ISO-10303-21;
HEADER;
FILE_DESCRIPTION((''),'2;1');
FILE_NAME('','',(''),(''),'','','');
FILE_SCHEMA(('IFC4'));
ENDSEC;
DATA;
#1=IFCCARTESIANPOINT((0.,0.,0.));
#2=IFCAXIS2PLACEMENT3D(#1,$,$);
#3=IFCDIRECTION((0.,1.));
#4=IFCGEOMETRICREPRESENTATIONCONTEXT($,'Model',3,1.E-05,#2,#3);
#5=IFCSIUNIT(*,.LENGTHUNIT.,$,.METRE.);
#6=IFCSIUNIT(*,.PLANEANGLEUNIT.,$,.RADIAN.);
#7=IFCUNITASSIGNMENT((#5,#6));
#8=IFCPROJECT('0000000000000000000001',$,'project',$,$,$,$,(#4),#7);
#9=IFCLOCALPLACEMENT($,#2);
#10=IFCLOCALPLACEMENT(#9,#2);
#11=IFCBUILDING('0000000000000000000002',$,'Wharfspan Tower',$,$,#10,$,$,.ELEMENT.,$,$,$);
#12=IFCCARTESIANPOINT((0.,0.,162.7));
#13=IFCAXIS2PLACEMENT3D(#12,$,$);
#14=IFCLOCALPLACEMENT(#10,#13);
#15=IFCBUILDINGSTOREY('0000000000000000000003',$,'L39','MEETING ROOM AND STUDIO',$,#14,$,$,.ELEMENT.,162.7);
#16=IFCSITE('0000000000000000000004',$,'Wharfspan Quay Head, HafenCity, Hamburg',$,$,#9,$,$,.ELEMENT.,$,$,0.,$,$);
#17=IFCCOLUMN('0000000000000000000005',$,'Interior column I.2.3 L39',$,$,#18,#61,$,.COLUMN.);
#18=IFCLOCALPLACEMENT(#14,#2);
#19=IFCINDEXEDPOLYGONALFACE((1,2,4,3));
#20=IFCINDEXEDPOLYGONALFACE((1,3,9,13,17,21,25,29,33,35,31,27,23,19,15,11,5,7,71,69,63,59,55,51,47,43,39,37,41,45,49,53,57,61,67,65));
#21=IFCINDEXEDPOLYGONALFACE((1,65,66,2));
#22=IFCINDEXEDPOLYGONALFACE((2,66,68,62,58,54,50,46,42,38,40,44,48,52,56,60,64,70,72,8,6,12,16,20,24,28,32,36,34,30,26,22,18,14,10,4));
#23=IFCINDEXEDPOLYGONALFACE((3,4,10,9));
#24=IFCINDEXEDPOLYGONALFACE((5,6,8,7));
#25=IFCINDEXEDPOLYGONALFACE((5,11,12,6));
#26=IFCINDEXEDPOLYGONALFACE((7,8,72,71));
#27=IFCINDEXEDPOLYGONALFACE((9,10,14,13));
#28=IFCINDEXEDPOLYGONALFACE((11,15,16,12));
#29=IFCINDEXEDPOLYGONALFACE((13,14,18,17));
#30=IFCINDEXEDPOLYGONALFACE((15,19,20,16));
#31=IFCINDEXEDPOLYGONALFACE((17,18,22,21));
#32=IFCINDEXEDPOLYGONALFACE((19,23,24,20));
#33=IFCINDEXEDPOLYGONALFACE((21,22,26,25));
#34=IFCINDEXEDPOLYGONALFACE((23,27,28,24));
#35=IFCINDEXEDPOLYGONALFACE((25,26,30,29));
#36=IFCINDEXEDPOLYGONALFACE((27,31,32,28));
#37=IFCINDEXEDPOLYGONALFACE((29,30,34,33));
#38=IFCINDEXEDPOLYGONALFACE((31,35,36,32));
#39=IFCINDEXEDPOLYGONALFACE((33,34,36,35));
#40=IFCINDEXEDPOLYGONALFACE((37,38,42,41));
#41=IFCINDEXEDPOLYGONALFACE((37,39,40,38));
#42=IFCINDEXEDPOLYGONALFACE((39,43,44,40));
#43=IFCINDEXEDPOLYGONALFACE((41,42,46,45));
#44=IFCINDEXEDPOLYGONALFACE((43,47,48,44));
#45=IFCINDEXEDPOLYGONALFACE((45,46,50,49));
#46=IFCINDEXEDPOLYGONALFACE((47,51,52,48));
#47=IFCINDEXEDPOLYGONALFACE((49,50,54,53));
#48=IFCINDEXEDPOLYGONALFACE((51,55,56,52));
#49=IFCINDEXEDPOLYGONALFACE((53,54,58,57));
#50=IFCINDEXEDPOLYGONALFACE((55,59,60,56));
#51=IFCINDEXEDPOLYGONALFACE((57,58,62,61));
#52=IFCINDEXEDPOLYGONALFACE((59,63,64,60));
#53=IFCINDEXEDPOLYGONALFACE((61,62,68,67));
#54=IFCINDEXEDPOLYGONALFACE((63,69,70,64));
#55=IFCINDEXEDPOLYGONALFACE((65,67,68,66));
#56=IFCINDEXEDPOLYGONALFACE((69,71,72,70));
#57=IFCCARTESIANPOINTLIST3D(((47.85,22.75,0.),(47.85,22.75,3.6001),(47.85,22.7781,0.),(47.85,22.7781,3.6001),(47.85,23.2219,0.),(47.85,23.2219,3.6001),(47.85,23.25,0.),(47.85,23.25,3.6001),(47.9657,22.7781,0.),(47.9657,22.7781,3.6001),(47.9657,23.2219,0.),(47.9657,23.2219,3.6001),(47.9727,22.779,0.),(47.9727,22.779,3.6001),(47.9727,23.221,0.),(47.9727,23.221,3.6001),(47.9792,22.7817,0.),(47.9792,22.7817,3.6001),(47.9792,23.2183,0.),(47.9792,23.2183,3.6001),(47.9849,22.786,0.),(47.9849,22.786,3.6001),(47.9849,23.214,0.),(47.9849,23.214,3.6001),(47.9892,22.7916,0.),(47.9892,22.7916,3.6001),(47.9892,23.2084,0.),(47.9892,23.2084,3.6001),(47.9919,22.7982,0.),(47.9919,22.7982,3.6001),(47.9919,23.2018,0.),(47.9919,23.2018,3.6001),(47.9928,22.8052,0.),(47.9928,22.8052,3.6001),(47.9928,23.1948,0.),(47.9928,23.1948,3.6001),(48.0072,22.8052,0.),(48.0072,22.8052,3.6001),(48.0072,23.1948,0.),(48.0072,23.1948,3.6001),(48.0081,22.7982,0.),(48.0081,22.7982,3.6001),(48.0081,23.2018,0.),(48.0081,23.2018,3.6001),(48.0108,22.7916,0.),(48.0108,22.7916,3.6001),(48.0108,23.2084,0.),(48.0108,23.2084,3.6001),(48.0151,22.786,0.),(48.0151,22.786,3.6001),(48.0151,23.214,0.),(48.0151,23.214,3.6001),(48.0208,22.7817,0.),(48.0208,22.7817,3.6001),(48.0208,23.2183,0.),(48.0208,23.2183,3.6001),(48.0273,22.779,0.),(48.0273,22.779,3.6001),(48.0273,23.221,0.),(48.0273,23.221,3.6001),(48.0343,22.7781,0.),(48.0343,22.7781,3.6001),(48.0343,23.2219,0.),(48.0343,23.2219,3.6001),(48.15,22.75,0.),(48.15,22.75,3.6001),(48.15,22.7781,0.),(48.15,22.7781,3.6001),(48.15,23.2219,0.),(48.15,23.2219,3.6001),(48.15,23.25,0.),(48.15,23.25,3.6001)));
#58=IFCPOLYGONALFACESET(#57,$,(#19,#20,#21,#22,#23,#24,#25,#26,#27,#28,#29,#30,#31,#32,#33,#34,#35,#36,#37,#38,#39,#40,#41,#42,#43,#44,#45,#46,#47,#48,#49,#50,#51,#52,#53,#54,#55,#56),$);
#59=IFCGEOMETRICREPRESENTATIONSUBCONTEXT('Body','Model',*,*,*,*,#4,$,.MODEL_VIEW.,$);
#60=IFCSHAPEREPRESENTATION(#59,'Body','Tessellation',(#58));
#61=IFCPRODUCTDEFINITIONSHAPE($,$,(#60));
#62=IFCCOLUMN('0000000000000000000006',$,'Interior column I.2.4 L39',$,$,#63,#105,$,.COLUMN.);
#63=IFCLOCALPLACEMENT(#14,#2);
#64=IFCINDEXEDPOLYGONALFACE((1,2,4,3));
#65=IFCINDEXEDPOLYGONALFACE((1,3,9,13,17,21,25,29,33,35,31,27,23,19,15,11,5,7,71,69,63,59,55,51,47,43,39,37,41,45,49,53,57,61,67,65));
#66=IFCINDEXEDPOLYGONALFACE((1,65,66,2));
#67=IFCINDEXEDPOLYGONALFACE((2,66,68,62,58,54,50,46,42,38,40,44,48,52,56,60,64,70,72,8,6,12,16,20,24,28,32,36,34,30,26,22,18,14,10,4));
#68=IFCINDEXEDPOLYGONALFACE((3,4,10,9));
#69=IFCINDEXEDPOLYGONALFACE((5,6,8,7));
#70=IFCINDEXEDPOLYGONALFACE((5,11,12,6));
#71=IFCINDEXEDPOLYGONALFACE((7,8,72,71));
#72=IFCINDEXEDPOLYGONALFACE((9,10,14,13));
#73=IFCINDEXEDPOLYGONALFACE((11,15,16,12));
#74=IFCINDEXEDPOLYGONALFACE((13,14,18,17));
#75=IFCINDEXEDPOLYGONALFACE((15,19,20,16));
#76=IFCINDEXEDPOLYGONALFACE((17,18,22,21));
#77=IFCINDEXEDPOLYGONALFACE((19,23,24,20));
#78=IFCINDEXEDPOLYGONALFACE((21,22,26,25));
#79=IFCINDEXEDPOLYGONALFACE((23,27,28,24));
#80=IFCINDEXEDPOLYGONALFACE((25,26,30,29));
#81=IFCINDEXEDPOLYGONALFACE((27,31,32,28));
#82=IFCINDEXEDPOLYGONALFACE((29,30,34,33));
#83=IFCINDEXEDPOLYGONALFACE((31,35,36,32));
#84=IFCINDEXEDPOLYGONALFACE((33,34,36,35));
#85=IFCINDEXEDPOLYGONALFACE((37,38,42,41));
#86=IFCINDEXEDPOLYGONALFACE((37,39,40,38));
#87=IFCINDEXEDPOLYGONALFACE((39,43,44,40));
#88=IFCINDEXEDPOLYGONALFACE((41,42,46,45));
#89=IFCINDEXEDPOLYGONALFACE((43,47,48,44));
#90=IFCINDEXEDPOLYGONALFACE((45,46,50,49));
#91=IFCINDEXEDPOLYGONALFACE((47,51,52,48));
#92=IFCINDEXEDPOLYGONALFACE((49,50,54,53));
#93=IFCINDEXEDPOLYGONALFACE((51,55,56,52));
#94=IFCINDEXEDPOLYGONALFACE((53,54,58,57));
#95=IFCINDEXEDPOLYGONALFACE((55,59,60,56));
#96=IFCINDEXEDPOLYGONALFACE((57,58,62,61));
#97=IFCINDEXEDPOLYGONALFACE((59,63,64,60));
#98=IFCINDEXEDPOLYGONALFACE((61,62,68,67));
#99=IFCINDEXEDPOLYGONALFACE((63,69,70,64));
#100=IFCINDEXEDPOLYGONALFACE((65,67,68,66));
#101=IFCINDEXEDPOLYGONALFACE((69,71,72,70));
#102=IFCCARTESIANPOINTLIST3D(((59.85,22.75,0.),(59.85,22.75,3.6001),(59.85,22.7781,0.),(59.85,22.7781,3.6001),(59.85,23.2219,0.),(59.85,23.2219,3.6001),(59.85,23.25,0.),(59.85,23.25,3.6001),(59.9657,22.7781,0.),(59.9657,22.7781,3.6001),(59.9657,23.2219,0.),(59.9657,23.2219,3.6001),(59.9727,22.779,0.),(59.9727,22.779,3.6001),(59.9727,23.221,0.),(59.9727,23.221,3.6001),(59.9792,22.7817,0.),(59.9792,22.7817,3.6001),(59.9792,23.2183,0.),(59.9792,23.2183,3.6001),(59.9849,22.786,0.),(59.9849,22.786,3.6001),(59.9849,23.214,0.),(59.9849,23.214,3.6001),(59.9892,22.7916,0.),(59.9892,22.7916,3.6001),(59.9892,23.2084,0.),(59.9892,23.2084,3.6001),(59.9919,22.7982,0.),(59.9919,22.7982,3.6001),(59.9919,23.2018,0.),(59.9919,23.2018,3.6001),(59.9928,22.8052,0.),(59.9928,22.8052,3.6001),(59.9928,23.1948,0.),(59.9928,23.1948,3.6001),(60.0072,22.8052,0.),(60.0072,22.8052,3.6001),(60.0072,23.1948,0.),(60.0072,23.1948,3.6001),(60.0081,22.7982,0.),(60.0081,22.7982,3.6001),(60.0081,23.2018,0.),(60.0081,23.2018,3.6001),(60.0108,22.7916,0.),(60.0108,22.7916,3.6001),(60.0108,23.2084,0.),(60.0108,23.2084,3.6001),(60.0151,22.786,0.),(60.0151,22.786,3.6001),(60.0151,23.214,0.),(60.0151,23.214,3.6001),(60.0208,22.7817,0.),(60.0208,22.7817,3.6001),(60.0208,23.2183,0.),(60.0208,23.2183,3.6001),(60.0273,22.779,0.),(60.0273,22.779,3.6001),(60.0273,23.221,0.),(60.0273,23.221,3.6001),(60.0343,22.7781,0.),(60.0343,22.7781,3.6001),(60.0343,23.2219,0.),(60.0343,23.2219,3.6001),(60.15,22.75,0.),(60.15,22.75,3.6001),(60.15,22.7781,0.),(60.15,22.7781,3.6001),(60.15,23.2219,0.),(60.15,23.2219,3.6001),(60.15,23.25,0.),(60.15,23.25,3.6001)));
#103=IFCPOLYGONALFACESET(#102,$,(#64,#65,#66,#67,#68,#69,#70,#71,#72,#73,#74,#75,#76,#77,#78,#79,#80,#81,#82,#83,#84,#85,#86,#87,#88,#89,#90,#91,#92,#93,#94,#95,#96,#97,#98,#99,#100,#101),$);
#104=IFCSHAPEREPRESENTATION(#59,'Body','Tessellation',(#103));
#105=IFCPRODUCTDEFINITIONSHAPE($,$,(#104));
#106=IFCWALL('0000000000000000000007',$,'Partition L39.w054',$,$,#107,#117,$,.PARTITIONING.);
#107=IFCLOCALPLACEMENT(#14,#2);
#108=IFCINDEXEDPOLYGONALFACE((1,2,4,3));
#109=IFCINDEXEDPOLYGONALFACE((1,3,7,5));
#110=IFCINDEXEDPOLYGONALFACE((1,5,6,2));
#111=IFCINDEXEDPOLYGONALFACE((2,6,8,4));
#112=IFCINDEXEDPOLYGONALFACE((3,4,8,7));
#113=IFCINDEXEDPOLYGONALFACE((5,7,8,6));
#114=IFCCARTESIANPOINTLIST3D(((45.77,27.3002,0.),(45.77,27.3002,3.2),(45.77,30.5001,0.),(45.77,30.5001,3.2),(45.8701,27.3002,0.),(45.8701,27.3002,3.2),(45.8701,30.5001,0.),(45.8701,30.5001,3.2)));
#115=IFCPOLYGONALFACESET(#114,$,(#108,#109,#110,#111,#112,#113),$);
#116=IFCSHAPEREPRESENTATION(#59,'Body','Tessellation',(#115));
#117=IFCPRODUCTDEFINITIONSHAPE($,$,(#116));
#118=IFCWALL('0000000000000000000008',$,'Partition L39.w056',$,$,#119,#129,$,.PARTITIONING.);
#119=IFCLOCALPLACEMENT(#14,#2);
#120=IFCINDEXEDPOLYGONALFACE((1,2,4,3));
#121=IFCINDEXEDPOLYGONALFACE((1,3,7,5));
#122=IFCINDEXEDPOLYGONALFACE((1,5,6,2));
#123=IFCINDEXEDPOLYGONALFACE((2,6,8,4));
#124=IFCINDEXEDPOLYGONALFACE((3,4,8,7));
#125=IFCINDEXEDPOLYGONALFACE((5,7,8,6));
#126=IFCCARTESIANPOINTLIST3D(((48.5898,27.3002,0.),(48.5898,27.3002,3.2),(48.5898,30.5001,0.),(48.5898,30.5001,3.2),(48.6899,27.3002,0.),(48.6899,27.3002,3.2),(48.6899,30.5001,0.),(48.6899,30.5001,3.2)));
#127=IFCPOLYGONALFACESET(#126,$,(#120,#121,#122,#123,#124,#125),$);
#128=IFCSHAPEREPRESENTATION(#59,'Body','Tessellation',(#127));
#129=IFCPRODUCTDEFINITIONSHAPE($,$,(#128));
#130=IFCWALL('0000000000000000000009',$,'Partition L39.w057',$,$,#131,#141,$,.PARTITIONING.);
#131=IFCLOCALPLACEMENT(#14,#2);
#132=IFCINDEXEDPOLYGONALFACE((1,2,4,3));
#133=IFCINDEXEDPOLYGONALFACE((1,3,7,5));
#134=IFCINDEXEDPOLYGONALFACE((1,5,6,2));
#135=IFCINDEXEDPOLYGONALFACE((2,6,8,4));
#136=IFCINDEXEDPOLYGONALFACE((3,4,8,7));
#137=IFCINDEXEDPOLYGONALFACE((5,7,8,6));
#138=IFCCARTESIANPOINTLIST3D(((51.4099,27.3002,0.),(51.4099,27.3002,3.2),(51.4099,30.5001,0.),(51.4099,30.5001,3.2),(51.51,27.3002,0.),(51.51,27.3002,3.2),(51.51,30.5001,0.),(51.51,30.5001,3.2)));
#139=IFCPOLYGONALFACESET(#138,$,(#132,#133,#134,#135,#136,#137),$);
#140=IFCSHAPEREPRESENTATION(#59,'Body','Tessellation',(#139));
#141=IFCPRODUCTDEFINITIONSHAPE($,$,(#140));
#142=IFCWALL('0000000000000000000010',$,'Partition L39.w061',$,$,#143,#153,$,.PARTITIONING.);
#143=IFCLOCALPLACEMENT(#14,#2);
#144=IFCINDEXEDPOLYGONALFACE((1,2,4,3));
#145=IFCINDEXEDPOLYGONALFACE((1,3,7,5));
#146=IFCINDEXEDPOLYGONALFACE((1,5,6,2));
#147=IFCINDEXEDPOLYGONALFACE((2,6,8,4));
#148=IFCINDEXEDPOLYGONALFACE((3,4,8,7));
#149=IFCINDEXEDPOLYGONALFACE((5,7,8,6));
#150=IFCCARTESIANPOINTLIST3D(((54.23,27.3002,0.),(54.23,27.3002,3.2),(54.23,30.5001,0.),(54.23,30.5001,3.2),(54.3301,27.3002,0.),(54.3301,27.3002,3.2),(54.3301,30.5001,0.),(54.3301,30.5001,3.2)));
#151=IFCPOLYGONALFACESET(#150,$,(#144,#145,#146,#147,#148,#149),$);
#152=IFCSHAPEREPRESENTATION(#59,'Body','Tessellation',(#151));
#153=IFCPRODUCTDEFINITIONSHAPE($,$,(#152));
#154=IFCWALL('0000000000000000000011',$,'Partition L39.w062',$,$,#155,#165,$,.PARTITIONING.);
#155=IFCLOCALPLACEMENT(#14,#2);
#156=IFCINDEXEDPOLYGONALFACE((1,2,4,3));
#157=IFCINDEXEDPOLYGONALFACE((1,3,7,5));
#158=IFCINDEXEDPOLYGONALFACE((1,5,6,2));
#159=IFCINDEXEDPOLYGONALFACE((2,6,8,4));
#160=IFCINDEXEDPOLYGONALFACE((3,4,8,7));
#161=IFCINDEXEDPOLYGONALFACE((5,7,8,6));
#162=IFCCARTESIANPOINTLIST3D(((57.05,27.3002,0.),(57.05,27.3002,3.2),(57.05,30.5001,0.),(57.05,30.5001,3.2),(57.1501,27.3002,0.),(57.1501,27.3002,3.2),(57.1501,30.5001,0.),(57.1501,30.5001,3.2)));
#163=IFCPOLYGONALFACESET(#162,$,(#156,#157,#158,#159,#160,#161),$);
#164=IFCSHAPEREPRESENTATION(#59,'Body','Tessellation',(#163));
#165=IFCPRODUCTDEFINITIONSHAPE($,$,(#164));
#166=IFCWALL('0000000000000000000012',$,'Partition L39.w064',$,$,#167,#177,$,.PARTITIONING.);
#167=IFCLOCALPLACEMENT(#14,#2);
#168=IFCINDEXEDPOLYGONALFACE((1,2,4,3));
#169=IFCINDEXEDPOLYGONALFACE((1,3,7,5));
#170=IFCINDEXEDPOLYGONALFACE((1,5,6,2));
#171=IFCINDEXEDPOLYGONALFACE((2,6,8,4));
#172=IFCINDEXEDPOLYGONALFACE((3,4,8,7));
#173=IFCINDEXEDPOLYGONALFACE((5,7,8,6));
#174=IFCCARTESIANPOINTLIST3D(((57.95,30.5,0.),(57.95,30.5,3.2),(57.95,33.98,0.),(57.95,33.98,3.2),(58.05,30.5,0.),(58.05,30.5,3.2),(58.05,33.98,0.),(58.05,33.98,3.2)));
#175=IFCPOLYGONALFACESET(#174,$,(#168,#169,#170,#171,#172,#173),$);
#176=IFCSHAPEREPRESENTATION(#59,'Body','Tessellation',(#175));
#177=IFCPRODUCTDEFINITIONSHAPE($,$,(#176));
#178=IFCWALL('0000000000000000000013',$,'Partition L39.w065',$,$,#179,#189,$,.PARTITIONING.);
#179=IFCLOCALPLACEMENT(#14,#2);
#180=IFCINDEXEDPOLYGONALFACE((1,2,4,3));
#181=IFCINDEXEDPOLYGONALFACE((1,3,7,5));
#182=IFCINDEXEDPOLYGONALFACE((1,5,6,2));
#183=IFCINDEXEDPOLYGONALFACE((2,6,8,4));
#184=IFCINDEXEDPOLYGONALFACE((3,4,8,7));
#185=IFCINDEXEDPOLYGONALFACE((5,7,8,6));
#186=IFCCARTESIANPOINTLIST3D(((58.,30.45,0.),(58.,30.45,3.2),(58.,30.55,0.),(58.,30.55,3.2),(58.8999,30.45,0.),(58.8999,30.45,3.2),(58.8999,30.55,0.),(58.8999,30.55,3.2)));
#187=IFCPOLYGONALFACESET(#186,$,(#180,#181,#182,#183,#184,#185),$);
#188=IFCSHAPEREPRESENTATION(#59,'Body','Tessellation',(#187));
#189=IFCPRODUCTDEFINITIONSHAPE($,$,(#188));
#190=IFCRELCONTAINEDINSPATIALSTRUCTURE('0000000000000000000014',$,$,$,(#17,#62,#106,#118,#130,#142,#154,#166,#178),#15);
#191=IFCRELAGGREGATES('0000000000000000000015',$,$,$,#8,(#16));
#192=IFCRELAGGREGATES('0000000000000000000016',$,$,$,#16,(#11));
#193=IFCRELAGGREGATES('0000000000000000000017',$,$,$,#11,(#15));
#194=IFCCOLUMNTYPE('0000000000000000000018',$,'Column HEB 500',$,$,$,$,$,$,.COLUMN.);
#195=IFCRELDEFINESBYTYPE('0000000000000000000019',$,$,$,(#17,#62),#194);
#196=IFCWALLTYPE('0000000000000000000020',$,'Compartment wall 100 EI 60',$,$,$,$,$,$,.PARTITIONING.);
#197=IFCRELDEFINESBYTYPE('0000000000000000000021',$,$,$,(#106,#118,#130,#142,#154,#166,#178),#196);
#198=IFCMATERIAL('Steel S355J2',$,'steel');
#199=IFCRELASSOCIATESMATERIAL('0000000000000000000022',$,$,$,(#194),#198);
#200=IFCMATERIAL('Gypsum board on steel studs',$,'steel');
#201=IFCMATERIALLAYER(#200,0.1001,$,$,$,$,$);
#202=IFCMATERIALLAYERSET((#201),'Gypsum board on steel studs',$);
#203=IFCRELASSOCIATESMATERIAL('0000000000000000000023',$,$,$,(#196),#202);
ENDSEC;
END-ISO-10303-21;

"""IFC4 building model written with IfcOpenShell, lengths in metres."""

from ifc_helpers import new_model, si_unit, direction, frame, frame_2d, origin, origin_2d, place, context, subcontext, project, spatial, rectangle, i_section, extrude, material, layer, layer_set, material_profile, profile_set, type_object, element, save


model = new_model("IFC4")

# Units and contexts
model_context = context("Model", 3, precision=1e-05, world=origin(), true_north=direction((0.0, 1.0)))
body_context = subcontext(model_context, "Body", "Model", "MODEL_VIEW")
ifc_project = project(units=[si_unit("LENGTHUNIT", "METRE"), si_unit("PLANEANGLEUNIT", "RADIAN")], contexts=[model_context])

# Site, building, storey
site_placement = place(None, origin())
site = spatial("IfcSite", under=ifc_project, at=site_placement, Name="Wharfspan Quay Head, HafenCity, Hamburg", CompositionType="ELEMENT", RefElevation=0.0)
building_placement = place(site_placement, origin())
building = spatial("IfcBuilding", under=site, at=building_placement, Name="Wharfspan Tower", CompositionType="ELEMENT")
storey_placement = place(building_placement, frame((0.0, 0.0, 162.7)))
storey = spatial("IfcBuildingStorey", under=building, at=storey_placement, Name="L39", Description="MEETING ROOM AND STUDIO", CompositionType="ELEMENT", Elevation=162.7)

# Columns
ifc_material_1 = material(Name="Steel S355J2", Category="steel")
ifc_material_profile = material_profile(ifc_material_1, i_section(OverallWidth=0.3, OverallDepth=0.5, WebThickness=0.0144, FlangeThickness=0.0281, FilletRadius=0.0271, at=origin_2d()))
ifc_profile_set = profile_set([ifc_material_profile], Name="Steel S355J2")
column_type = type_object("IfcColumnType", Name="Column HEB 500", PredefinedType="COLUMN", material=ifc_profile_set)
for number, where, z_axis, x_axis, name in (
    (1, (48.0, 23.0, 0.0), (0.0, 0.0, 1.0), (1.0, 0.0, 0.0), "Interior column I.2.3 L39"),
    (2, (60.0, 23.0, 0.0), (0.0, 0.0, 1.0), (1.0, 0.0, 0.0), "Interior column I.2.4 L39"),
):
    element("IfcColumn", number, at=place(storey_placement, frame(where, z_axis=z_axis, x_axis=x_axis)), inside=storey, type_object=column_type, Name=name, PredefinedType="COLUMN", context=body_context, shape_type="SweptSolid", body=[
        extrude(i_section(OverallWidth=0.3, OverallDepth=0.5, WebThickness=0.0144, FlangeThickness=0.0281, FilletRadius=0.0271, at=origin_2d()), origin(), (0.0, 0.0, 1.0), 3.6001),
    ])

# Walls
ifc_material_2 = material(Name="Gypsum board on steel studs", Category="steel")
ifc_layer_1 = layer(ifc_material_2, 0.1001)
ifc_layer_set_1 = layer_set([ifc_layer_1], Name="Gypsum board on steel studs")
wall_type_1 = type_object("IfcWallType", Name="Compartment wall 100 EI 60", PredefinedType="PARTITIONING", material=ifc_layer_set_1)
for number, where, z_axis, x_axis, name in (
    (3, (45.8201, 27.3, 0.0), (0.0, 0.0, 1.0), (0.0, 1.0, 0.0), "Partition L39.w054"),
    (4, (48.6399, 27.3, 0.0), (0.0, 0.0, 1.0), (0.0, 1.0, 0.0), "Partition L39.w056"),
    (5, (51.46, 27.3, 0.0), (0.0, 0.0, 1.0), (0.0, 1.0, 0.0), "Partition L39.w057"),
    (6, (54.28, 27.3, 0.0), (0.0, 0.0, 1.0), (0.0, 1.0, 0.0), "Partition L39.w061"),
    (7, (57.1001, 27.3, 0.0), (0.0, 0.0, 1.0), (0.0, 1.0, 0.0), "Partition L39.w062"),
):
    element("IfcWall", number, at=place(storey_placement, frame(where, z_axis=z_axis, x_axis=x_axis)), inside=storey, type_object=wall_type_1, Name=name, PredefinedType="PARTITIONING", context=body_context, shape_type="SweptSolid", body=[
        extrude(rectangle(XDim=3.2, YDim=0.1001, at=frame_2d((1.6001, 0.0))), origin(), (0.0, 0.0, 1.0), 3.2),
    ])
wall_1_placement = place(storey_placement, frame((58.0, 30.5, 0.0), z_axis=(0.0, 0.0, 1.0), x_axis=(0.0, 1.0, 0.0)))
element("IfcWall", 8, at=wall_1_placement, inside=storey, type_object=wall_type_1, Name="Partition L39.w064", PredefinedType="PARTITIONING", context=body_context, shape_type="SweptSolid", body=[
    extrude(rectangle(XDim=3.48, YDim=0.1001, at=frame_2d((1.74, 0.0))), origin(), (0.0, 0.0, 1.0), 3.2),
])
wall_2_placement = place(storey_placement, frame((58.0, 30.5, 0.0), z_axis=(0.0, 0.0, 1.0), x_axis=(1.0, 0.0, 0.0)))
element("IfcWall", 9, at=wall_2_placement, inside=storey, type_object=wall_type_1, Name="Partition L39.w065", PredefinedType="PARTITIONING", context=body_context, shape_type="SweptSolid", body=[
    extrude(rectangle(XDim=0.8999, YDim=0.1001, at=frame_2d((0.45, 0.0))), origin(), (0.0, 0.0, 1.0), 3.2),
])

save(model, "model.ifc")
